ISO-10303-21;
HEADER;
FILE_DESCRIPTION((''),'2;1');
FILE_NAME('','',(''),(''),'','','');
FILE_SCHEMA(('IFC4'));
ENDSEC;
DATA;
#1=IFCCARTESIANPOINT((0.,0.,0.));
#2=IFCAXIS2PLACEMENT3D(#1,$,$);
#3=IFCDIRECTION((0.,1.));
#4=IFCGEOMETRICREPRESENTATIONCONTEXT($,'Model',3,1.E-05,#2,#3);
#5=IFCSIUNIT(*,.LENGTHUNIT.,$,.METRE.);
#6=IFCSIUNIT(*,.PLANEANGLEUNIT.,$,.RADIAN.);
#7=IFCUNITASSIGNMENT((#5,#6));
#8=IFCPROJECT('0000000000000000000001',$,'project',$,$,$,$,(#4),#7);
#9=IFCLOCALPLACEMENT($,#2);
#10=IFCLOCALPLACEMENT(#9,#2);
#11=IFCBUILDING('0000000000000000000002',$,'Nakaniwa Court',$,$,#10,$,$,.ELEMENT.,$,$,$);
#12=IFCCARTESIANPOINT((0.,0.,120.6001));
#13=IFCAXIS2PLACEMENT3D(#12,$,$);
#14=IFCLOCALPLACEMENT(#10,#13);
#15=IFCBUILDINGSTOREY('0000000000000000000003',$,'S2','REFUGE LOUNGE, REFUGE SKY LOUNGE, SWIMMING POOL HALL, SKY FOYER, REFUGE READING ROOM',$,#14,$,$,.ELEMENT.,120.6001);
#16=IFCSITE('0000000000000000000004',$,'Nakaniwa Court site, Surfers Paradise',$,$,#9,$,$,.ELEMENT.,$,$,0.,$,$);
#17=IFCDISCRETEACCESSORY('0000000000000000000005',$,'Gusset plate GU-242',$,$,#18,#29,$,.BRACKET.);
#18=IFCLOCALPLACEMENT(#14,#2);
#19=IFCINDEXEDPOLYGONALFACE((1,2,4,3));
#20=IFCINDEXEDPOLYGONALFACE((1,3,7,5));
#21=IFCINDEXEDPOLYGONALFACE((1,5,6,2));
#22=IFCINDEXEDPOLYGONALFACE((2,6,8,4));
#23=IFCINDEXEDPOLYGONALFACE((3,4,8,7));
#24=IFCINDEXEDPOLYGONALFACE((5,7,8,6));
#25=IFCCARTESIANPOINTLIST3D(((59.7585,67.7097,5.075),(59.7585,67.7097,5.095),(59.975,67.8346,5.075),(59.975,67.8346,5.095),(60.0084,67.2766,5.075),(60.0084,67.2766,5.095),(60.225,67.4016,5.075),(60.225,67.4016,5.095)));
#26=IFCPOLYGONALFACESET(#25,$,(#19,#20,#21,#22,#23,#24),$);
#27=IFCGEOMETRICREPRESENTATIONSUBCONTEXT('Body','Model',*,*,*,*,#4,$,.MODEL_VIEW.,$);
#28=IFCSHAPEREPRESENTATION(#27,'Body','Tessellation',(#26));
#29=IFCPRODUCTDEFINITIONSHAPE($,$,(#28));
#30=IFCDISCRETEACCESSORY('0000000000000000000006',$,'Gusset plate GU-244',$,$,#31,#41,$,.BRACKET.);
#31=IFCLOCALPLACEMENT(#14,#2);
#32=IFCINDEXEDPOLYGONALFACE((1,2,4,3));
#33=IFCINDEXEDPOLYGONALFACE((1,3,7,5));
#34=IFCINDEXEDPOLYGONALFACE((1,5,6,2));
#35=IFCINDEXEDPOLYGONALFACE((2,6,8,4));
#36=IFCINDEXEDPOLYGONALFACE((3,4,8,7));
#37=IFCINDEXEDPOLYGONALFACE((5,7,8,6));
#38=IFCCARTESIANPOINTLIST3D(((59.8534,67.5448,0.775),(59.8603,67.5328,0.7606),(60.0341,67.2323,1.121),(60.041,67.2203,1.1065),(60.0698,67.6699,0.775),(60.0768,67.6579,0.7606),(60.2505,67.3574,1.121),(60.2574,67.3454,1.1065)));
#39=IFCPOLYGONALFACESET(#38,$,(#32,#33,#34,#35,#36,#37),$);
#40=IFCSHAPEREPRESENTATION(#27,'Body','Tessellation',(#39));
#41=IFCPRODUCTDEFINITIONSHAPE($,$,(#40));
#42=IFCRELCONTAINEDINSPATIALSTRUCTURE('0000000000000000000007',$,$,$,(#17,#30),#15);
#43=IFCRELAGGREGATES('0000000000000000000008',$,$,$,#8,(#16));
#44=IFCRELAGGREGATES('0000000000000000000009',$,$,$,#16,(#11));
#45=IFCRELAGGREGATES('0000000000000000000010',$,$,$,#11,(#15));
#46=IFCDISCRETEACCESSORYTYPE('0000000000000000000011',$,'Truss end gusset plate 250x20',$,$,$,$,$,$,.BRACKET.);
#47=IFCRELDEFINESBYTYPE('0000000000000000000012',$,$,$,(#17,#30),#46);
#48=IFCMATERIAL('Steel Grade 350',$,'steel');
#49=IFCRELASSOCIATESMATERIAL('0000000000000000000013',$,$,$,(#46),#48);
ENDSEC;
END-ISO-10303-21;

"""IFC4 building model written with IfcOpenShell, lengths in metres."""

from ifc_helpers import new_model, si_unit, direction, frame, origin, origin_2d, place, context, subcontext, project, spatial, rectangle, extrude, material, material_profile, profile_set, type_object, element, save


model = new_model("IFC4")

# Units and contexts
model_context = context("Model", 3, precision=1e-05, world=origin(), true_north=direction((0.0, 1.0)))
body_context = subcontext(model_context, "Body", "Model", "MODEL_VIEW")
ifc_project = project(units=[si_unit("LENGTHUNIT", "METRE"), si_unit("PLANEANGLEUNIT", "RADIAN")], contexts=[model_context])

# Site, building, storey
site_placement = place(None, origin())
site = spatial("IfcSite", under=ifc_project, at=site_placement, Name="Nakaniwa Court site, Surfers Paradise", CompositionType="ELEMENT", RefElevation=0.0)
building_placement = place(site_placement, origin())
building = spatial("IfcBuilding", under=site, at=building_placement, Name="Nakaniwa Court", CompositionType="ELEMENT")
storey_placement = place(building_placement, frame((0.0, 0.0, 120.6001)))
storey = spatial("IfcBuildingStorey", under=building, at=storey_placement, Name="S2", Description="REFUGE LOUNGE, REFUGE SKY LOUNGE, SWIMMING POOL HALL, SKY FOYER, REFUGE READING ROOM", CompositionType="ELEMENT", Elevation=120.6001)

# Discrete accessories
ifc_material_1 = material(Name="Steel Grade 350", Category="steel")
ifc_material_profile_1 = material_profile(ifc_material_1, rectangle(XDim=0.25, YDim=0.02, at=origin_2d()), Name="Truss end gusset plate 250x20")
ifc_profile_set_1 = profile_set([ifc_material_profile_1], Name="Steel Grade 350")
discrete_accessory_type = type_object("IfcDiscreteAccessoryType", Name="Truss end gusset plate 250x20", PredefinedType="BRACKET", material=ifc_profile_set_1)
for number, where, z_axis, x_axis, name in (
    (1, (60.1167, 67.3391, 5.085), (-0.49992, 0.866072, 0.0), (-0.866072, -0.49992, 0.0), "Gusset plate GU-242"),
    (2, (60.1458, 67.2888, 1.1138), (-0.361346, 0.625031, -0.691929), (-0.865735, -0.500503, 0.0), "Gusset plate GU-244"),
):
    element("IfcDiscreteAccessory", number, at=place(storey_placement, frame(where, z_axis=z_axis, x_axis=x_axis)), inside=storey, type_object=discrete_accessory_type, Name=name, PredefinedType="BRACKET", context=body_context, shape_type="SweptSolid", body=[
        extrude(rectangle(XDim=0.25, YDim=0.02, at=origin_2d()), origin(), (0.0, 0.0, 1.0), 0.5),
    ])

save(model, "model.ifc")
